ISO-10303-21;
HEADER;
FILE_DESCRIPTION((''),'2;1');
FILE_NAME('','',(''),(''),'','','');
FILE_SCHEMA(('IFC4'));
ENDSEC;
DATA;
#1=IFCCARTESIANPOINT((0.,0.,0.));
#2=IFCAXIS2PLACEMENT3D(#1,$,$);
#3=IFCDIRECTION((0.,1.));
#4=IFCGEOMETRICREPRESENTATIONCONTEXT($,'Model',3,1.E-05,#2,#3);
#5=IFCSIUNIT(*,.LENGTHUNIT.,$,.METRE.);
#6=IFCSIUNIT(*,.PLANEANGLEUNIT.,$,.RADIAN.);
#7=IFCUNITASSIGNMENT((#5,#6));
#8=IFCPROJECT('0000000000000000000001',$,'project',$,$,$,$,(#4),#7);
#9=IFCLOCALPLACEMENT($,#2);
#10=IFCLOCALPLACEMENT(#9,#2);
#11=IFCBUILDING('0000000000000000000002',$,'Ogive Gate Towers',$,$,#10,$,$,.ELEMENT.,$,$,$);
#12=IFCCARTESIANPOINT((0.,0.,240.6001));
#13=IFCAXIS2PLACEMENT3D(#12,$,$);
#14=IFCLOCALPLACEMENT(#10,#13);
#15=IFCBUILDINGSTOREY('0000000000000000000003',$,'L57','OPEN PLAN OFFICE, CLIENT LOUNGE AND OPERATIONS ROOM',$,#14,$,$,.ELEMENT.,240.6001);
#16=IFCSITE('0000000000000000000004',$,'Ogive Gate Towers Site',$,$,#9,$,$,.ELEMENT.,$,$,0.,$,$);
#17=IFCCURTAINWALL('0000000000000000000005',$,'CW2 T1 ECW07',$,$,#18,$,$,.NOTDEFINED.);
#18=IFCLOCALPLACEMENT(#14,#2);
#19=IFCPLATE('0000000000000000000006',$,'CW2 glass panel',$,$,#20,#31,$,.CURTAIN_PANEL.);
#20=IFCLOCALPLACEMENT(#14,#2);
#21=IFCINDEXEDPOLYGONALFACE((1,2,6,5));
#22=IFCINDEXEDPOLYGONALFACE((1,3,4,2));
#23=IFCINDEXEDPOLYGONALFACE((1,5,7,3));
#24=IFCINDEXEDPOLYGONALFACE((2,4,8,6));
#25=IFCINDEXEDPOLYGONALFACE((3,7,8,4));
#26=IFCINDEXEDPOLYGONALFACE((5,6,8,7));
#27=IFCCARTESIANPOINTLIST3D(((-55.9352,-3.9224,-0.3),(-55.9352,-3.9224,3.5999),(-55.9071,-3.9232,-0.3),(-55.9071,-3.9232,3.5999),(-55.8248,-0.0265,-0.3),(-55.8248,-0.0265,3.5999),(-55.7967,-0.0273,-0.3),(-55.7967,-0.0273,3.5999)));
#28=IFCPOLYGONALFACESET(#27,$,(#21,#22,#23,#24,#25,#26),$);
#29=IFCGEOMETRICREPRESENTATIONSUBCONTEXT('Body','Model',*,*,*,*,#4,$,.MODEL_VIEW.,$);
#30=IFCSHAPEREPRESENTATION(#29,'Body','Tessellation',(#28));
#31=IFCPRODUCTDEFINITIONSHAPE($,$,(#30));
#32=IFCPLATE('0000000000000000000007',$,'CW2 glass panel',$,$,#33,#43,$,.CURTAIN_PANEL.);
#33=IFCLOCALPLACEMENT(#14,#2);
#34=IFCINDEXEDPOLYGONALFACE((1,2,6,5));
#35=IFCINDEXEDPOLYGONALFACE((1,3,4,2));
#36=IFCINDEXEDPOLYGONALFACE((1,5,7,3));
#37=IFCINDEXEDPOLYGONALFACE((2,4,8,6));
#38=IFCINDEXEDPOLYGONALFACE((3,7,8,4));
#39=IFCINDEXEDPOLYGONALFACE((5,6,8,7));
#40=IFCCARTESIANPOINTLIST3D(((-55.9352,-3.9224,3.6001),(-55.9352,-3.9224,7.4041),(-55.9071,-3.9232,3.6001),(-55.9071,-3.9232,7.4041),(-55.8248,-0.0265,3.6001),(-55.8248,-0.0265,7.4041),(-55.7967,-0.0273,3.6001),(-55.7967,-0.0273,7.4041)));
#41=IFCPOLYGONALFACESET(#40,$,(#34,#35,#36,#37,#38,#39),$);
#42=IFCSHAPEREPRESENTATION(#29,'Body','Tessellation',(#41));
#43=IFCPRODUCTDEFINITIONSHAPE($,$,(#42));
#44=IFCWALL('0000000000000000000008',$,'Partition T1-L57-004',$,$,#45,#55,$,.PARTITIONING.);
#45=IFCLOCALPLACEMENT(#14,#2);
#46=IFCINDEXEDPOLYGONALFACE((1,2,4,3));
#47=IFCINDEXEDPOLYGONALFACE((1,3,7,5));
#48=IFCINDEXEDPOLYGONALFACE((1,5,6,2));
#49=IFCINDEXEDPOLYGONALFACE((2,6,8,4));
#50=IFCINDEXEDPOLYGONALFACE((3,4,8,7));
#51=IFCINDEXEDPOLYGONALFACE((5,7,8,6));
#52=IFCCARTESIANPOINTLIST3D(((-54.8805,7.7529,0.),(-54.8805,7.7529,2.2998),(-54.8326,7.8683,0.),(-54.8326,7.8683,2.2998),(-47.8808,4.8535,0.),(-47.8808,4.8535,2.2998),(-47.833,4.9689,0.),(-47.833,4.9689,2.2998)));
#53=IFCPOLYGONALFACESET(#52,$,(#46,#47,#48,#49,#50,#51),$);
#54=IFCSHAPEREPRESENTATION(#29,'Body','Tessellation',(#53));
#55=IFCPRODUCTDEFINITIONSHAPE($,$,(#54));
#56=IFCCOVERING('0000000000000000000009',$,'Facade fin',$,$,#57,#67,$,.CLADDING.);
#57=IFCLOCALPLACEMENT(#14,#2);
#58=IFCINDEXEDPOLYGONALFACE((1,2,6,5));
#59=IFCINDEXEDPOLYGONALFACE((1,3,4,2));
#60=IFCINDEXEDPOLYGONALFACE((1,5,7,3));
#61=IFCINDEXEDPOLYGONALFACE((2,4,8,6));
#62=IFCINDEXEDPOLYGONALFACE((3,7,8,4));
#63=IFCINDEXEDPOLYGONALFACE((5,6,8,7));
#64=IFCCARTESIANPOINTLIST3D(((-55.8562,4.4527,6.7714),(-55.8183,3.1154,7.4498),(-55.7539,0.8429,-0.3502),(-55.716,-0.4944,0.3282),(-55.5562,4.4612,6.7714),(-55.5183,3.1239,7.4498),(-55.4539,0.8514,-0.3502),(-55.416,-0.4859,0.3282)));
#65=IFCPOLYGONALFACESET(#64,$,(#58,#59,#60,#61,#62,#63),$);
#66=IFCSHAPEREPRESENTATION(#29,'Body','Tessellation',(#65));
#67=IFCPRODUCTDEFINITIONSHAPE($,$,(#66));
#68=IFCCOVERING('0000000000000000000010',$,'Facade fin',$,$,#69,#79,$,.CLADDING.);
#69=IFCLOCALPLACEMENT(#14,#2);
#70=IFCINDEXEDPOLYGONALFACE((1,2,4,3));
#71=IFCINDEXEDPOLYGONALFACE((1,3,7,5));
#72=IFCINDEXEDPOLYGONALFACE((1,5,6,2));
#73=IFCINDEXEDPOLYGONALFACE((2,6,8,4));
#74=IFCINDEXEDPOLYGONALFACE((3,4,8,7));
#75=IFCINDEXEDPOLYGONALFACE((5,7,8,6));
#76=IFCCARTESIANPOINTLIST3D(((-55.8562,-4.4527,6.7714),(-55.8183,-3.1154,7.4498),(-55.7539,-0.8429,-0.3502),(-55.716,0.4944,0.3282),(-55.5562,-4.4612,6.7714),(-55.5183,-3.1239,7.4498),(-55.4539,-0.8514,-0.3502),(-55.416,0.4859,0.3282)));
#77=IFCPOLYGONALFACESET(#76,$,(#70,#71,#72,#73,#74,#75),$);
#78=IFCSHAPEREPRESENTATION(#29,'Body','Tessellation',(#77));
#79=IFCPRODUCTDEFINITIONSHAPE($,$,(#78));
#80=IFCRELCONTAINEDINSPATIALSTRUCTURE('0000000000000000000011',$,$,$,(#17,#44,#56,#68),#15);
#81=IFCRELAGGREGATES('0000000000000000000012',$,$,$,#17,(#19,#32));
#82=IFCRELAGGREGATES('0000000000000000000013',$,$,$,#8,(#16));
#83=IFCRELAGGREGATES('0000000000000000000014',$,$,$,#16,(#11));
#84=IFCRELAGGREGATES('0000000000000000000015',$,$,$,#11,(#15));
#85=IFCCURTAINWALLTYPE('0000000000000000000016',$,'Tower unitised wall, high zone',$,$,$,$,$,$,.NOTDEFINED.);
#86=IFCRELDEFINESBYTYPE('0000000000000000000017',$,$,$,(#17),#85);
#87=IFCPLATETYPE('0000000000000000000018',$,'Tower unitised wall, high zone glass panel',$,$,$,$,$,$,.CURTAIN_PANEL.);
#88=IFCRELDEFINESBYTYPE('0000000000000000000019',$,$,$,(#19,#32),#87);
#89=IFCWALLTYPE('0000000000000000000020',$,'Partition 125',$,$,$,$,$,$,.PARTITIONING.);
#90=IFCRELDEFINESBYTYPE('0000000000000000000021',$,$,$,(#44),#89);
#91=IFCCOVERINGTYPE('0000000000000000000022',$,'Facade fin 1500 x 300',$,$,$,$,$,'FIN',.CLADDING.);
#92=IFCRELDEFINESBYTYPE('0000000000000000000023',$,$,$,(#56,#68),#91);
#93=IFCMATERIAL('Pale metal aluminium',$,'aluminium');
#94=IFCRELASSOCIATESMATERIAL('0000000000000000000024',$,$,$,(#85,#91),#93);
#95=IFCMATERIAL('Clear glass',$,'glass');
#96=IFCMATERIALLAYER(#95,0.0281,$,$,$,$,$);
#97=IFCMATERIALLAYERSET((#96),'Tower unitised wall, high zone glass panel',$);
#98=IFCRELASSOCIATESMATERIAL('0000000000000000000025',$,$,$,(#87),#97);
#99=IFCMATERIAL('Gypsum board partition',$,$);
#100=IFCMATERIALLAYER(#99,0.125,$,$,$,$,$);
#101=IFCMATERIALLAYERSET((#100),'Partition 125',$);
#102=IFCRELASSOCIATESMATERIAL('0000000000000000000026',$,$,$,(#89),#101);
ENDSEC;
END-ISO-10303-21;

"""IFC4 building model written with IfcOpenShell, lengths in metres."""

from ifc_helpers import new_model, si_unit, direction, frame, frame_2d, origin, origin_2d, place, context, subcontext, project, spatial, rectangle, extrude, material, layer, layer_set, material_profile, profile_set, type_object, element, aggregate, save


model = new_model("IFC4")

# Units and contexts
model_context = context("Model", 3, precision=1e-05, world=origin(), true_north=direction((0.0, 1.0)))
body_context = subcontext(model_context, "Body", "Model", "MODEL_VIEW")
ifc_project = project(units=[si_unit("LENGTHUNIT", "METRE"), si_unit("PLANEANGLEUNIT", "RADIAN")], contexts=[model_context])

# Site, building, storey
site_placement = place(None, origin())
site = spatial("IfcSite", under=ifc_project, at=site_placement, Name="Ogive Gate Towers Site", CompositionType="ELEMENT", RefElevation=0.0)
building_placement = place(site_placement, origin())
building = spatial("IfcBuilding", under=site, at=building_placement, Name="Ogive Gate Towers", CompositionType="ELEMENT")
storey_placement = place(building_placement, frame((0.0, 0.0, 240.6001)))
storey = spatial("IfcBuildingStorey", under=building, at=storey_placement, Name="L57", Description="OPEN PLAN OFFICE, CLIENT LOUNGE AND OPERATIONS ROOM", CompositionType="ELEMENT", Elevation=240.6001)

# Shared definitions
ifc_material_1 = material(Name="Pale metal aluminium", Category="aluminium")
curtain_wall_type = type_object("IfcCurtainWallType", Name="Tower unitised wall, high zone", PredefinedType="NOTDEFINED", material=ifc_material_1)
ifc_material_2 = material(Name="Clear glass", Category="glass")
ifc_layer_1 = layer(ifc_material_2, 0.0281)
ifc_layer_set_1 = layer_set([ifc_layer_1], Name="Tower unitised wall, high zone glass panel")
plate_type = type_object("IfcPlateType", Name="Tower unitised wall, high zone glass panel", PredefinedType="CURTAIN_PANEL", material=ifc_layer_set_1)

# Curtain wall, plates
curtain_wall_1_placement = place(storey_placement, origin())
curtain_wall_1 = element("IfcCurtainWall", 1, at=curtain_wall_1_placement, inside=storey, type_object=curtain_wall_type, Name="CW2 T1 ECW07", PredefinedType="NOTDEFINED")
plate_1_placement = place(storey_placement, frame((-55.866, -1.9749, -0.3), z_axis=(0.0, 0.0, 1.0), x_axis=(0.028323, 0.999599, 0.0)))
plate_1 = element("IfcPlate", 2, at=plate_1_placement, type_object=plate_type, Name="CW2 glass panel", PredefinedType="CURTAIN_PANEL", context=body_context, shape_type="SweptSolid", body=[
    extrude(rectangle(XDim=3.8975, YDim=0.0281, at=origin_2d()), origin(), (0.0, 0.0, 1.0), 3.8999),
])
plate_2_placement = place(storey_placement, frame((-55.866, -1.9749, 3.6001), z_axis=(0.0, 0.0, 1.0), x_axis=(0.028323, 0.999599, 0.0)))
plate_2 = element("IfcPlate", 3, at=plate_2_placement, type_object=plate_type, Name="CW2 glass panel", PredefinedType="CURTAIN_PANEL", context=body_context, shape_type="SweptSolid", body=[
    extrude(rectangle(XDim=3.8975, YDim=0.0281, at=origin_2d()), origin(), (0.0, 0.0, 1.0), 3.804),
])
aggregate(curtain_wall_1, [plate_1, plate_2])

# Wall
ifc_material_3 = material(Name="Gypsum board partition")
ifc_layer_2 = layer(ifc_material_3, 0.125)
ifc_layer_set_2 = layer_set([ifc_layer_2], Name="Partition 125")
wall_type = type_object("IfcWallType", Name="Partition 125", PredefinedType="PARTITIONING", material=ifc_layer_set_2)
wall_placement = place(storey_placement, frame((-54.8564, 7.8105, 0.0), z_axis=(0.0, 0.0, 1.0), x_axis=(0.923879, -0.382686, 0.0)))
element("IfcWall", 4, at=wall_placement, inside=storey, type_object=wall_type, Name="Partition T1-L57-004", PredefinedType="PARTITIONING", context=body_context, shape_type="SweptSolid", body=[
    extrude(rectangle(XDim=7.5764, YDim=0.125, at=frame_2d((3.7881, 0.0))), origin(), (0.0, 0.0, 1.0), 2.2998),
])

# Coverings
ifc_material_profile_1 = material_profile(ifc_material_1, rectangle(XDim=0.3, YDim=1.5, at=origin_2d()), Name="1500 x 300 pale metal aluminium")
ifc_profile_set_1 = profile_set([ifc_material_profile_1], Name="Pale metal aluminium")
covering_type = type_object("IfcCoveringType", Name="Facade fin 1500 x 300", ElementType="FIN", PredefinedType="CLADDING", material=ifc_profile_set_1)
for number, where, z_axis, x_axis, name in (
    (5, (-55.585, 0.1785, -0.011), (-0.012811, 0.452087, 0.891882), (-0.999599, -0.028326, 0.0), "Facade fin"),
    (6, (-55.585, -0.1785, -0.011), (-0.012811, -0.452087, 0.891882), (0.999599, -0.028326, 0.0), "Facade fin"),
):
    element("IfcCovering", number, at=place(storey_placement, frame(where, z_axis=z_axis, x_axis=x_axis)), inside=storey, type_object=covering_type, Name=name, PredefinedType="CLADDING", context=body_context, shape_type="SweptSolid", body=[
        extrude(rectangle(XDim=0.3, YDim=1.5, at=origin_2d()), origin(), (0.0, 0.0, 1.0), 7.9849),
    ])

save(model, "model.ifc")
